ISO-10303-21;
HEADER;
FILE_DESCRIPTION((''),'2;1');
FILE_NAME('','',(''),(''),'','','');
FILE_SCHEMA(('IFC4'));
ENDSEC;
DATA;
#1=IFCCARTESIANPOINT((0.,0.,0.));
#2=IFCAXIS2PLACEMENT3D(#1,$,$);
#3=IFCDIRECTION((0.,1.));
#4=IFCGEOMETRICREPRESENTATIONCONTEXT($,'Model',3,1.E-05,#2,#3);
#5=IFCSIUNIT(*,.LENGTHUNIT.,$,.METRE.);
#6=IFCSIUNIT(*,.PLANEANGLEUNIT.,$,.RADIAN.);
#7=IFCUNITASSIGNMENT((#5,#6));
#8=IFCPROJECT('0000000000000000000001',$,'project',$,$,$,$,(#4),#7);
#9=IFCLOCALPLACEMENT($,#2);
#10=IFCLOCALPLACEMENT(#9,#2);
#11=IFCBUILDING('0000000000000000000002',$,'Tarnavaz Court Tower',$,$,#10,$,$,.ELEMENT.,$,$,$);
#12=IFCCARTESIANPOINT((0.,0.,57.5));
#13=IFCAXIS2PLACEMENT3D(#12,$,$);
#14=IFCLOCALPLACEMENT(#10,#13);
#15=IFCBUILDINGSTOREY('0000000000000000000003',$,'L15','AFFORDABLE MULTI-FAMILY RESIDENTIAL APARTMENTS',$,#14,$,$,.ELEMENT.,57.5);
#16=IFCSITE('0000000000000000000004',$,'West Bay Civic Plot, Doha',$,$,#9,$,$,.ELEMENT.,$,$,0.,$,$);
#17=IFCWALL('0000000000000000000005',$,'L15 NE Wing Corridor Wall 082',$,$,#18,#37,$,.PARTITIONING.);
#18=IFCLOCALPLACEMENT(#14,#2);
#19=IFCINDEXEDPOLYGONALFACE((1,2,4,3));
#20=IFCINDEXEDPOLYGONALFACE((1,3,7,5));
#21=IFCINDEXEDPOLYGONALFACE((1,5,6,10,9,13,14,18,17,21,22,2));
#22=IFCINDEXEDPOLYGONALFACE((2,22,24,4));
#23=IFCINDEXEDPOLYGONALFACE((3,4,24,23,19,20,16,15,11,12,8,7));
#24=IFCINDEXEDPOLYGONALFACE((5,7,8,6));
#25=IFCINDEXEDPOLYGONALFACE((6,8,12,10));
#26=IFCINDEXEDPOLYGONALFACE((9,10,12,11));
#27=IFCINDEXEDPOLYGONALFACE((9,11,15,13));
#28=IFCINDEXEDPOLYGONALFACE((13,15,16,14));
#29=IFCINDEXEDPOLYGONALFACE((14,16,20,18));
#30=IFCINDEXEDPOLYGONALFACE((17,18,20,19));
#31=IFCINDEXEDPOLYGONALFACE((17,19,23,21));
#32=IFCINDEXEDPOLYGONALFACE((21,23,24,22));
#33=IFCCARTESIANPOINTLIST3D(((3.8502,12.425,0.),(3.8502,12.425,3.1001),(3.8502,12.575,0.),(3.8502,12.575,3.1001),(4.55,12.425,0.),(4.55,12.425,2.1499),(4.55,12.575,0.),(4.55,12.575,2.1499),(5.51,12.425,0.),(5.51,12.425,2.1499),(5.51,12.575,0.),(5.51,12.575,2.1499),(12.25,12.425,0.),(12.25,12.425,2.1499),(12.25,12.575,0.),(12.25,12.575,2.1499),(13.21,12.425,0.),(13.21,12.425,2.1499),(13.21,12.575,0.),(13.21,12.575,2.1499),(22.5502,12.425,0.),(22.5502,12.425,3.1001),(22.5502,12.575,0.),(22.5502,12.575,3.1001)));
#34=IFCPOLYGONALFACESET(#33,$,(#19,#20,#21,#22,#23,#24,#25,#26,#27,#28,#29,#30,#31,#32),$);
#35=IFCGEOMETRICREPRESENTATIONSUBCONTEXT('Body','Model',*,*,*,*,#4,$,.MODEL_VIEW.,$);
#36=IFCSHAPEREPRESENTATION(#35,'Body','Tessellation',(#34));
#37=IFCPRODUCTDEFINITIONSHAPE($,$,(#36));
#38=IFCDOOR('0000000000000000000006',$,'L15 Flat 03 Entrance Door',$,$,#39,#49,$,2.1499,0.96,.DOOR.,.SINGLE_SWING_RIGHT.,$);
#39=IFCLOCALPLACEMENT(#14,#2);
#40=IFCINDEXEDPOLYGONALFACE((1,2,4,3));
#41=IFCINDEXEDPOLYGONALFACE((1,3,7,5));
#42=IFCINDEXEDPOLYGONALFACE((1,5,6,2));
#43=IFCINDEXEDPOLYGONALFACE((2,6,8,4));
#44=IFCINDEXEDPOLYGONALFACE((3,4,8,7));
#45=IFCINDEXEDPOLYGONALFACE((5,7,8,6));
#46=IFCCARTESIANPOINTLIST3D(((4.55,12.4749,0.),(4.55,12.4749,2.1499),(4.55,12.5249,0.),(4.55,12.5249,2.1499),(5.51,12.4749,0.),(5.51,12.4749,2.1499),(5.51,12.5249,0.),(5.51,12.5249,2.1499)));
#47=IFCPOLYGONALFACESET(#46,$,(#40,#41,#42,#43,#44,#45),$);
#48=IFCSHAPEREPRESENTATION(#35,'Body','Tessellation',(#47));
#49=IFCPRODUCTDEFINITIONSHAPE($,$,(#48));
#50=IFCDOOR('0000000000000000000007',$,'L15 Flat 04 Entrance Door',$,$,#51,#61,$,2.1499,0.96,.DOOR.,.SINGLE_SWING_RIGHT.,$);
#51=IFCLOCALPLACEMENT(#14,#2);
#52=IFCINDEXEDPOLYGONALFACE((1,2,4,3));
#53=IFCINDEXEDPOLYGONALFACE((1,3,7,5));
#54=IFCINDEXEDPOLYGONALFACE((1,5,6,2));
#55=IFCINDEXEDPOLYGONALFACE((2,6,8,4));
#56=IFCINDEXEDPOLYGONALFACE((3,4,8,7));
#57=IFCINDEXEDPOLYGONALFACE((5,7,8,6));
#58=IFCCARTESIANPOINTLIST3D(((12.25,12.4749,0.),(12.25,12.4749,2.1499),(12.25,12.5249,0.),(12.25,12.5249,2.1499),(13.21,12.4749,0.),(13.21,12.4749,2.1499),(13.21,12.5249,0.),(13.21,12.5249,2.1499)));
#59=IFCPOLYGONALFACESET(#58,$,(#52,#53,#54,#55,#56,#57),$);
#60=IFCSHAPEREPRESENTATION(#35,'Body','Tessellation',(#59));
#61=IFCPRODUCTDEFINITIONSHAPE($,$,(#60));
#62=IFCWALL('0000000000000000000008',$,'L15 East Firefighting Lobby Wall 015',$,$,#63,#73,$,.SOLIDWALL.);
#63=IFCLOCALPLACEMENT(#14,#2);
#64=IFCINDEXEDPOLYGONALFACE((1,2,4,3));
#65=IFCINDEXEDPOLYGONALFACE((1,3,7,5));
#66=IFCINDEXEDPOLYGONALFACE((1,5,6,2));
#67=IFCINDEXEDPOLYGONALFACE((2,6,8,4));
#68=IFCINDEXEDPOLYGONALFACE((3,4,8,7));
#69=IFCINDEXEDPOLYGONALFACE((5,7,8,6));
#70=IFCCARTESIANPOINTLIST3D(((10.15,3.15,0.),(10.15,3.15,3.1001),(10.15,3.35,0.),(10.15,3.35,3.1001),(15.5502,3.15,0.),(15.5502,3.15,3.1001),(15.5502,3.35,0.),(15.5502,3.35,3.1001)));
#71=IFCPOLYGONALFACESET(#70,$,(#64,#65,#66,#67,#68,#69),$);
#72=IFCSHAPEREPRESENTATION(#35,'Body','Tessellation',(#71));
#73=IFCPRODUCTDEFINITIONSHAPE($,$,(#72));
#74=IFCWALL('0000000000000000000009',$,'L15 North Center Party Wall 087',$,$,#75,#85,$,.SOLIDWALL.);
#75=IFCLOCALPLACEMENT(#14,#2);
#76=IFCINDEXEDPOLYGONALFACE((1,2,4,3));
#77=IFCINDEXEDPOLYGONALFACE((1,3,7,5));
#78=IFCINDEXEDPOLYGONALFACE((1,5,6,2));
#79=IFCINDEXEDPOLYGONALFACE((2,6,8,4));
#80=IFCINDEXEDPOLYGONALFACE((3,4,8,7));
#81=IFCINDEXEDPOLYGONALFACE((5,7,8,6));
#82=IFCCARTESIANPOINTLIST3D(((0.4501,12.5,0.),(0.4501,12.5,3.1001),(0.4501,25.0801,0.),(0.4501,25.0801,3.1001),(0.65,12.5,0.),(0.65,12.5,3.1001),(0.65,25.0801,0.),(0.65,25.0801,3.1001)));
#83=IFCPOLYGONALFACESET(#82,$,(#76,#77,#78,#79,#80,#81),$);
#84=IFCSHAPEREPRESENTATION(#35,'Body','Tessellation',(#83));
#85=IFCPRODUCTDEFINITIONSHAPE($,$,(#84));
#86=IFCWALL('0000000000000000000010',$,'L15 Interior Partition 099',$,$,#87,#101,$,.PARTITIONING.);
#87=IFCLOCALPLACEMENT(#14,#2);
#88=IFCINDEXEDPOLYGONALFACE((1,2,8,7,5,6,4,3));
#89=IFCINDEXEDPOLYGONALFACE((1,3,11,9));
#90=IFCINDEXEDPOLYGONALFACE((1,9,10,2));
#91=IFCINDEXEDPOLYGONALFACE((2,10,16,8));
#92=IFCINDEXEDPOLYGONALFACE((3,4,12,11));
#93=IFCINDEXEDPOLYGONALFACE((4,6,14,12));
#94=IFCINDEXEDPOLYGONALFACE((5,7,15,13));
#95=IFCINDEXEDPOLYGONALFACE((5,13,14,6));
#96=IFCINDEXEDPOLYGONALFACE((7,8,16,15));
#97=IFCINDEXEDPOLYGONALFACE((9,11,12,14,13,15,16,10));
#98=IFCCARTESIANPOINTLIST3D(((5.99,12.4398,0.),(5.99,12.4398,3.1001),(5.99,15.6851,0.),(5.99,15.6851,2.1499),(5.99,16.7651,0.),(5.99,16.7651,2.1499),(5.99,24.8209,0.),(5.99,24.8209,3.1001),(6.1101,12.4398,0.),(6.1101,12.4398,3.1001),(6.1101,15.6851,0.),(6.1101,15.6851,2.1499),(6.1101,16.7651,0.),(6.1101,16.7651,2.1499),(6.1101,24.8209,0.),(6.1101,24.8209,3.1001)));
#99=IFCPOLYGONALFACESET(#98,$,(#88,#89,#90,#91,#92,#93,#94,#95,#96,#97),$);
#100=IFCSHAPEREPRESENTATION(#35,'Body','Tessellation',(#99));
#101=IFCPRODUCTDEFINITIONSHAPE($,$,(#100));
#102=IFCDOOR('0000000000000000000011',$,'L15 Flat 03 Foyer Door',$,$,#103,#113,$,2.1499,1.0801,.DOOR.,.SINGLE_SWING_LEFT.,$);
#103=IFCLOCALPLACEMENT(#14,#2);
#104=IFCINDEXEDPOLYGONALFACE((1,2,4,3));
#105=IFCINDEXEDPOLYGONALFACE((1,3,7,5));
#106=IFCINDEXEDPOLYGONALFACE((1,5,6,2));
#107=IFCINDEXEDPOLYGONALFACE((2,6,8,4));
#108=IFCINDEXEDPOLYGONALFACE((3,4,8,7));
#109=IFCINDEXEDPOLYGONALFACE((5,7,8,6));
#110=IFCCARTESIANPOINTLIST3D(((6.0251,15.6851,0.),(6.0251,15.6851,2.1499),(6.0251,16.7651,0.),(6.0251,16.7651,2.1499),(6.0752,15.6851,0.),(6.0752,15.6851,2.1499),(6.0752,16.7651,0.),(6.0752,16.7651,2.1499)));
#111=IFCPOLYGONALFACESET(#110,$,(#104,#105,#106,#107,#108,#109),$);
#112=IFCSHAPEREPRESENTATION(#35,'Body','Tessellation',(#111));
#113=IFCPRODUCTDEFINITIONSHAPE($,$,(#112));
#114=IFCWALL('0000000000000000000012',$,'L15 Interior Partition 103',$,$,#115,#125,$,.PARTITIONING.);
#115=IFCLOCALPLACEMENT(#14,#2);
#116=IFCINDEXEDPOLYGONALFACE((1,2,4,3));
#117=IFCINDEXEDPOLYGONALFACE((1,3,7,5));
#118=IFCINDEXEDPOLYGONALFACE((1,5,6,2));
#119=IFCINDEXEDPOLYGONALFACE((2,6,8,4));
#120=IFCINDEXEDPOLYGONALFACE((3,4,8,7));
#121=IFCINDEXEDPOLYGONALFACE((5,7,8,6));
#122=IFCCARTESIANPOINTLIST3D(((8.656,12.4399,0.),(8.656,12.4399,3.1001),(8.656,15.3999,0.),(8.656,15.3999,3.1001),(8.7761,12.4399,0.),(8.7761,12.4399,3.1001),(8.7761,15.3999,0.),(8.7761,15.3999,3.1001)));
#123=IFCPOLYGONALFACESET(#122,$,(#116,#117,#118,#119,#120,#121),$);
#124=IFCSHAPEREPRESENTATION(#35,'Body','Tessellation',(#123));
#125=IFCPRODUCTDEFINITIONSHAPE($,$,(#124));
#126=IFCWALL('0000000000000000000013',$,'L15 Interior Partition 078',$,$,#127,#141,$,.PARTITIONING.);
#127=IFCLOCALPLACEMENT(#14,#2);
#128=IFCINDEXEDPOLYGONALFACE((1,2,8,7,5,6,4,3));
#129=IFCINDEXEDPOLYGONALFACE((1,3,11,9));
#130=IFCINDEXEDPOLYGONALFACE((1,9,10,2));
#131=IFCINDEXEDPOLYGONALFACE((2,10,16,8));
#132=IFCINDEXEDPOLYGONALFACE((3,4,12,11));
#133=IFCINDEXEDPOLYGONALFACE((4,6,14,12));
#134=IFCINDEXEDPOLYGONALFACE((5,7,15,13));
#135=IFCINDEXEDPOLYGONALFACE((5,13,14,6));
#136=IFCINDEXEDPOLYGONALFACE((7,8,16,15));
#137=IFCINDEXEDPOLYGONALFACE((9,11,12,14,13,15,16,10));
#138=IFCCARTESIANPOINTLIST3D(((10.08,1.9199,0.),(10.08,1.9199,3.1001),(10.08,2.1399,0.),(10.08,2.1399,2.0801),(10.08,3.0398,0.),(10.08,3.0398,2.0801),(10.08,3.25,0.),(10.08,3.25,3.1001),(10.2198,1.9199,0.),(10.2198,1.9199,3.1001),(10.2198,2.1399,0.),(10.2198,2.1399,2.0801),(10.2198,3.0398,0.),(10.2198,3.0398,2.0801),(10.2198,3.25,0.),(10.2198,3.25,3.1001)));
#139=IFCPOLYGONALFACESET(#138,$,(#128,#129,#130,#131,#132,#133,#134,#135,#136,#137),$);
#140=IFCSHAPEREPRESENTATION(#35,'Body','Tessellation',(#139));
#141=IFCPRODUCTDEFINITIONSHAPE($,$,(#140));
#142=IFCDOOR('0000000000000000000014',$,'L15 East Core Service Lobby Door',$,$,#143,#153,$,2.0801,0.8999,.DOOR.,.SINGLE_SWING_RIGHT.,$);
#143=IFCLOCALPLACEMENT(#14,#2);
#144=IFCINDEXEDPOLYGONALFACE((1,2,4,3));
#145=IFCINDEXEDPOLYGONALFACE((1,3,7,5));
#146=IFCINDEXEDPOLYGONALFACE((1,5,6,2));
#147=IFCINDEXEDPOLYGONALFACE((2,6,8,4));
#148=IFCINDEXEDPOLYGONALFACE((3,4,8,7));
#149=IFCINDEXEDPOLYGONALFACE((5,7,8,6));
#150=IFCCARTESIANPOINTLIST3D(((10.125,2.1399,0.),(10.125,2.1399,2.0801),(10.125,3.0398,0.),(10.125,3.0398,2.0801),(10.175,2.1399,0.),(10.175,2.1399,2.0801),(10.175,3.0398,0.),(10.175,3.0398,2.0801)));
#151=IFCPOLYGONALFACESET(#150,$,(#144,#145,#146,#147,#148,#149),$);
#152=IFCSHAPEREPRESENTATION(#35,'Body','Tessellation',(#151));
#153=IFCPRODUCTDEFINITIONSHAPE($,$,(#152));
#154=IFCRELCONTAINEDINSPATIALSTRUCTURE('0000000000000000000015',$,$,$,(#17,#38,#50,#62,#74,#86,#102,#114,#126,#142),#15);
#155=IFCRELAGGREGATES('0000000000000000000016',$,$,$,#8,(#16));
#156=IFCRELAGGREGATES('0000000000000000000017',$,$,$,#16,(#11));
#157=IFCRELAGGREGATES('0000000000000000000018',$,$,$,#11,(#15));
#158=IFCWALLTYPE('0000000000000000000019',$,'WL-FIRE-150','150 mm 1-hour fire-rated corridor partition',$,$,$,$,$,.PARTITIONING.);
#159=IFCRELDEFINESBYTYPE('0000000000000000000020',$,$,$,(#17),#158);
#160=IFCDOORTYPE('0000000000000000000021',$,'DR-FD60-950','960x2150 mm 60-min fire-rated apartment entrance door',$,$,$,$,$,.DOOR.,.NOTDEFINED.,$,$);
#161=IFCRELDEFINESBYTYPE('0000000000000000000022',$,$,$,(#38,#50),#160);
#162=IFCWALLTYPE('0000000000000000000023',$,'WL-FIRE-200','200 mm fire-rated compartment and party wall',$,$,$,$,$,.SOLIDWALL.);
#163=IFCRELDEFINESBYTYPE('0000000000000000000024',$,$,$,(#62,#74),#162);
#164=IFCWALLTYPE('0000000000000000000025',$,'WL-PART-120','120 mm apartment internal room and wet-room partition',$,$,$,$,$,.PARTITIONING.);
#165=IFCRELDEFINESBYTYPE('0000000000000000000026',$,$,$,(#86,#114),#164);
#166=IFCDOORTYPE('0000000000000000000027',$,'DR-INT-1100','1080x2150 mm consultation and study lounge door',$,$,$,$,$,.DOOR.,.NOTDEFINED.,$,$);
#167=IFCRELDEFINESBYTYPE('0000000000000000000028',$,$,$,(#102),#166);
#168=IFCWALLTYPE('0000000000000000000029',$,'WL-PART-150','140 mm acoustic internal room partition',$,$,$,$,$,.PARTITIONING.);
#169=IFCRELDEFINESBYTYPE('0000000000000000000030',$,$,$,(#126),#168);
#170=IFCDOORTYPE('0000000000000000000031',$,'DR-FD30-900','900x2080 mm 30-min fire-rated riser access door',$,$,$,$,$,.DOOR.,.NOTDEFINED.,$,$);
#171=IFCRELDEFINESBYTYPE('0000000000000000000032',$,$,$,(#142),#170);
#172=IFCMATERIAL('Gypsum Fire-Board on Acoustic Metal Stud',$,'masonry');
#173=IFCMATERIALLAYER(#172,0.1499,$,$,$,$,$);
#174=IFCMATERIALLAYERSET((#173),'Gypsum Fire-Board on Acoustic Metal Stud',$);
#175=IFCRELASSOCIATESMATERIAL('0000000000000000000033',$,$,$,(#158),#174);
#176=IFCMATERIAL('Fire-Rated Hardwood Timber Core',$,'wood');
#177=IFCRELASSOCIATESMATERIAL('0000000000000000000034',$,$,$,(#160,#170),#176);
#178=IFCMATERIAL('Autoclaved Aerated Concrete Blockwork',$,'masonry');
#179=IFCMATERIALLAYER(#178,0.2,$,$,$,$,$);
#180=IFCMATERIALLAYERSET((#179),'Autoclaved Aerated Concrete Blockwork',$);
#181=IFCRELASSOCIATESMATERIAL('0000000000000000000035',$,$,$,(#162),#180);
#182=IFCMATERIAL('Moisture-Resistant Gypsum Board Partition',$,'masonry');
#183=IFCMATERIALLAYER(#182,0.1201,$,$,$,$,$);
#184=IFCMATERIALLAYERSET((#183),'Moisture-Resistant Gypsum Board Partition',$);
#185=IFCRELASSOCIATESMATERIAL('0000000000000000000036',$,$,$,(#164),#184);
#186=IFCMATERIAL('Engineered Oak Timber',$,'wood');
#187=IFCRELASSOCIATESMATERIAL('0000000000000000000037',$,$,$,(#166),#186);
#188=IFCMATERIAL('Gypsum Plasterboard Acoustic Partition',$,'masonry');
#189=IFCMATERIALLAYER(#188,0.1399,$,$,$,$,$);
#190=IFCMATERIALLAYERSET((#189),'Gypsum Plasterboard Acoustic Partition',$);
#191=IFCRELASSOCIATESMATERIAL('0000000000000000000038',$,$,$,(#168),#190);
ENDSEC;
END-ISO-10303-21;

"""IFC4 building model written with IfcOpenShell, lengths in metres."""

from ifc_helpers import new_model, si_unit, direction, frame, frame_2d, origin, place, context, subcontext, project, spatial, rectangle, extrude, material, layer, layer_set, type_object, element, fill, save


model = new_model("IFC4")

# Units and contexts
model_context = context("Model", 3, precision=1e-05, world=origin(), true_north=direction((0.0, 1.0)))
body_context = subcontext(model_context, "Body", "Model", "MODEL_VIEW")
ifc_project = project(units=[si_unit("LENGTHUNIT", "METRE"), si_unit("PLANEANGLEUNIT", "RADIAN")], contexts=[model_context])

# Site, building, storey
site_placement = place(None, origin())
site = spatial("IfcSite", under=ifc_project, at=site_placement, Name="West Bay Civic Plot, Doha", CompositionType="ELEMENT", RefElevation=0.0)
building_placement = place(site_placement, origin())
building = spatial("IfcBuilding", under=site, at=building_placement, Name="Tarnavaz Court Tower", CompositionType="ELEMENT")
storey_placement = place(building_placement, frame((0.0, 0.0, 57.5)))
storey = spatial("IfcBuildingStorey", under=building, at=storey_placement, Name="L15", Description="AFFORDABLE MULTI-FAMILY RESIDENTIAL APARTMENTS", CompositionType="ELEMENT", Elevation=57.5)

# Shared definitions
ifc_material_1 = material(Name="Fire-Rated Hardwood Timber Core", Category="wood")

# Wall, openings, doors
ifc_material_2 = material(Name="Gypsum Fire-Board on Acoustic Metal Stud", Category="masonry")
ifc_layer_1 = layer(ifc_material_2, 0.1499)
ifc_layer_set_1 = layer_set([ifc_layer_1], Name="Gypsum Fire-Board on Acoustic Metal Stud")
wall_type_1 = type_object("IfcWallType", Name="WL-FIRE-150", Description="150 mm 1-hour fire-rated corridor partition", PredefinedType="PARTITIONING", material=ifc_layer_set_1)
wall_1_placement = place(storey_placement, frame((3.8501, 12.5, 0.0), z_axis=(0.0, 0.0, 1.0), x_axis=(1.0, 0.0, 0.0)))
wall_1 = element("IfcWall", 1, at=wall_1_placement, inside=storey, type_object=wall_type_1, Name="L15 NE Wing Corridor Wall 082", PredefinedType="PARTITIONING", context=body_context, shape_type="SweptSolid", body=[
    extrude(rectangle(XDim=18.7, YDim=0.1499, at=frame_2d((9.3501, 0.0))), origin(), (0.0, 0.0, 1.0), 3.1001),
])
opening_1_placement = place(wall_1_placement, frame((0.7, 0.0, 0.0)))
opening_1 = element("IfcOpeningElement", 2, at=opening_1_placement, cuts=wall_1, PredefinedType="OPENING", context=body_context, shape_type="SweptSolid", body=[
    extrude(rectangle(XDim=0.96, YDim=2.1499, at=frame_2d((0.48, 1.075))), frame((0.0, 0.085, 0.0), z_axis=(0.0, -1.0, 0.0), x_axis=(1.0, 0.0, 0.0)), (0.0, 0.0, 1.0), 0.1699),
])
opening_2_placement = place(wall_1_placement, frame((8.3999, 0.0, 0.0)))
opening_2 = element("IfcOpeningElement", 3, at=opening_2_placement, cuts=wall_1, PredefinedType="OPENING", context=body_context, shape_type="SweptSolid", body=[
    extrude(rectangle(XDim=0.96, YDim=2.1499, at=frame_2d((0.48, 1.075))), frame((0.0, 0.085, 0.0), z_axis=(0.0, -1.0, 0.0), x_axis=(1.0, 0.0, 0.0)), (0.0, 0.0, 1.0), 0.1699),
])
door_type_1 = type_object("IfcDoorType", Name="DR-FD60-950", Description="960x2150 mm 60-min fire-rated apartment entrance door", OperationType="NOTDEFINED", PredefinedType="DOOR", material=ifc_material_1)
door_1_placement = place(opening_1_placement, origin())
door_1 = element("IfcDoor", 4, at=door_1_placement, inside=storey, type_object=door_type_1, Name="L15 Flat 03 Entrance Door", OperationType="SINGLE_SWING_RIGHT", OverallHeight=2.1499, OverallWidth=0.96, PredefinedType="DOOR", context=body_context, shape_type="SweptSolid", body=[
    extrude(rectangle(XDim=0.96, YDim=2.1499, at=frame_2d((0.48, 1.075))), frame((0.0, 0.0249, 0.0), z_axis=(0.0, -1.0, 0.0), x_axis=(1.0, 0.0, 0.0)), (0.0, 0.0, 1.0), 0.05),
])
fill(opening_1, door_1)
door_2_placement = place(opening_2_placement, origin())
door_2 = element("IfcDoor", 5, at=door_2_placement, inside=storey, type_object=door_type_1, Name="L15 Flat 04 Entrance Door", OperationType="SINGLE_SWING_RIGHT", OverallHeight=2.1499, OverallWidth=0.96, PredefinedType="DOOR", context=body_context, shape_type="SweptSolid", body=[
    extrude(rectangle(XDim=0.96, YDim=2.1499, at=frame_2d((0.48, 1.075))), frame((0.0, 0.0249, 0.0), z_axis=(0.0, -1.0, 0.0), x_axis=(1.0, 0.0, 0.0)), (0.0, 0.0, 1.0), 0.05),
])
fill(opening_2, door_2)

# Wall
ifc_material_3 = material(Name="Autoclaved Aerated Concrete Blockwork", Category="masonry")
ifc_layer_2 = layer(ifc_material_3, 0.2)
ifc_layer_set_2 = layer_set([ifc_layer_2], Name="Autoclaved Aerated Concrete Blockwork")
wall_type_2 = type_object("IfcWallType", Name="WL-FIRE-200", Description="200 mm fire-rated compartment and party wall", PredefinedType="SOLIDWALL", material=ifc_layer_set_2)
wall_2_placement = place(storey_placement, frame((10.1499, 3.25, 0.0), z_axis=(0.0, 0.0, 1.0), x_axis=(1.0, 0.0, 0.0)))
element("IfcWall", 6, at=wall_2_placement, inside=storey, type_object=wall_type_2, Name="L15 East Firefighting Lobby Wall 015", PredefinedType="SOLIDWALL", context=body_context, shape_type="SweptSolid", body=[
    extrude(rectangle(XDim=5.4001, YDim=0.2, at=frame_2d((2.7002, 0.0))), origin(), (0.0, 0.0, 1.0), 3.1001),
])

# Wall
wall_3_placement = place(storey_placement, frame((0.55, 12.5, 0.0), z_axis=(0.0, 0.0, 1.0), x_axis=(0.0, 1.0, 0.0)))
element("IfcWall", 7, at=wall_3_placement, inside=storey, type_object=wall_type_2, Name="L15 North Center Party Wall 087", PredefinedType="SOLIDWALL", context=body_context, shape_type="SweptSolid", body=[
    extrude(rectangle(XDim=12.5801, YDim=0.2, at=frame_2d((6.29, 0.0))), origin(), (0.0, 0.0, 1.0), 3.1001),
])

# Wall, opening, door
ifc_material_4 = material(Name="Moisture-Resistant Gypsum Board Partition", Category="masonry")
ifc_layer_3 = layer(ifc_material_4, 0.1201)
ifc_layer_set_3 = layer_set([ifc_layer_3], Name="Moisture-Resistant Gypsum Board Partition")
wall_type_3 = type_object("IfcWallType", Name="WL-PART-120", Description="120 mm apartment internal room and wet-room partition", PredefinedType="PARTITIONING", material=ifc_layer_set_3)
wall_4_placement = place(storey_placement, frame((6.05, 12.4399, 0.0), z_axis=(0.0, 0.0, 1.0), x_axis=(0.0, 1.0, 0.0)))
wall_4 = element("IfcWall", 8, at=wall_4_placement, inside=storey, type_object=wall_type_3, Name="L15 Interior Partition 099", PredefinedType="PARTITIONING", context=body_context, shape_type="SweptSolid", body=[
    extrude(rectangle(XDim=12.3811, YDim=0.1201, at=frame_2d((6.1904, 0.0))), origin(), (0.0, 0.0, 1.0), 3.1001),
])
opening_3_placement = place(wall_4_placement, frame((3.2451, 0.0, 0.0)))
opening_3 = element("IfcOpeningElement", 9, at=opening_3_placement, cuts=wall_4, PredefinedType="OPENING", context=body_context, shape_type="SweptSolid", body=[
    extrude(rectangle(XDim=1.0801, YDim=2.1499, at=frame_2d((0.54, 1.075))), frame((0.0, 0.0701, 0.0), z_axis=(0.0, -1.0, 0.0), x_axis=(1.0, 0.0, 0.0)), (0.0, 0.0, 1.0), 0.1401),
])
ifc_material_5 = material(Name="Engineered Oak Timber", Category="wood")
door_type_2 = type_object("IfcDoorType", Name="DR-INT-1100", Description="1080x2150 mm consultation and study lounge door", OperationType="NOTDEFINED", PredefinedType="DOOR", material=ifc_material_5)
door_3_placement = place(opening_3_placement, origin())
door_3 = element("IfcDoor", 10, at=door_3_placement, inside=storey, type_object=door_type_2, Name="L15 Flat 03 Foyer Door", OperationType="SINGLE_SWING_LEFT", OverallHeight=2.1499, OverallWidth=1.0801, PredefinedType="DOOR", context=body_context, shape_type="SweptSolid", body=[
    extrude(rectangle(XDim=1.0801, YDim=2.1499, at=frame_2d((0.54, 1.075))), frame((0.0, 0.0249, 0.0), z_axis=(0.0, -1.0, 0.0), x_axis=(1.0, 0.0, 0.0)), (0.0, 0.0, 1.0), 0.05),
])
fill(opening_3, door_3)

# Wall
wall_5_placement = place(storey_placement, frame((8.7161, 12.4399, 0.0), z_axis=(0.0, 0.0, 1.0), x_axis=(0.0, 1.0, 0.0)))
element("IfcWall", 11, at=wall_5_placement, inside=storey, type_object=wall_type_3, Name="L15 Interior Partition 103", PredefinedType="PARTITIONING", context=body_context, shape_type="SweptSolid", body=[
    extrude(rectangle(XDim=2.96, YDim=0.1201, at=frame_2d((1.48, 0.0))), origin(), (0.0, 0.0, 1.0), 3.1001),
])

# Wall, opening, door
ifc_material_6 = material(Name="Gypsum Plasterboard Acoustic Partition", Category="masonry")
ifc_layer_4 = layer(ifc_material_6, 0.1399)
ifc_layer_set_4 = layer_set([ifc_layer_4], Name="Gypsum Plasterboard Acoustic Partition")
wall_type_4 = type_object("IfcWallType", Name="WL-PART-150", Description="140 mm acoustic internal room partition", PredefinedType="PARTITIONING", material=ifc_layer_set_4)
wall_6_placement = place(storey_placement, frame((10.1499, 1.9199, 0.0), z_axis=(0.0, 0.0, 1.0), x_axis=(0.0, 1.0, 0.0)))
wall_6 = element("IfcWall", 12, at=wall_6_placement, inside=storey, type_object=wall_type_4, Name="L15 Interior Partition 078", PredefinedType="PARTITIONING", context=body_context, shape_type="SweptSolid", body=[
    extrude(rectangle(XDim=1.3301, YDim=0.1399, at=frame_2d((0.665, 0.0))), origin(), (0.0, 0.0, 1.0), 3.1001),
])
opening_4_placement = place(wall_6_placement, frame((0.22, 0.0, 0.0)))
opening_4 = element("IfcOpeningElement", 13, at=opening_4_placement, cuts=wall_6, PredefinedType="OPENING", context=body_context, shape_type="SweptSolid", body=[
    extrude(rectangle(XDim=0.8999, YDim=2.0801, at=frame_2d((0.45, 1.04))), frame((0.0, 0.0798, 0.0), z_axis=(0.0, -1.0, 0.0), x_axis=(1.0, 0.0, 0.0)), (0.0, 0.0, 1.0), 0.1599),
])
door_type_3 = type_object("IfcDoorType", Name="DR-FD30-900", Description="900x2080 mm 30-min fire-rated riser access door", OperationType="NOTDEFINED", PredefinedType="DOOR", material=ifc_material_1)
door_4_placement = place(opening_4_placement, origin())
door_4 = element("IfcDoor", 14, at=door_4_placement, inside=storey, type_object=door_type_3, Name="L15 East Core Service Lobby Door", OperationType="SINGLE_SWING_RIGHT", OverallHeight=2.0801, OverallWidth=0.8999, PredefinedType="DOOR", context=body_context, shape_type="SweptSolid", body=[
    extrude(rectangle(XDim=0.8999, YDim=2.0801, at=frame_2d((0.45, 1.04))), frame((0.0, 0.0249, 0.0), z_axis=(0.0, -1.0, 0.0), x_axis=(1.0, 0.0, 0.0)), (0.0, 0.0, 1.0), 0.05),
])
fill(opening_4, door_4)

save(model, "model.ifc")
